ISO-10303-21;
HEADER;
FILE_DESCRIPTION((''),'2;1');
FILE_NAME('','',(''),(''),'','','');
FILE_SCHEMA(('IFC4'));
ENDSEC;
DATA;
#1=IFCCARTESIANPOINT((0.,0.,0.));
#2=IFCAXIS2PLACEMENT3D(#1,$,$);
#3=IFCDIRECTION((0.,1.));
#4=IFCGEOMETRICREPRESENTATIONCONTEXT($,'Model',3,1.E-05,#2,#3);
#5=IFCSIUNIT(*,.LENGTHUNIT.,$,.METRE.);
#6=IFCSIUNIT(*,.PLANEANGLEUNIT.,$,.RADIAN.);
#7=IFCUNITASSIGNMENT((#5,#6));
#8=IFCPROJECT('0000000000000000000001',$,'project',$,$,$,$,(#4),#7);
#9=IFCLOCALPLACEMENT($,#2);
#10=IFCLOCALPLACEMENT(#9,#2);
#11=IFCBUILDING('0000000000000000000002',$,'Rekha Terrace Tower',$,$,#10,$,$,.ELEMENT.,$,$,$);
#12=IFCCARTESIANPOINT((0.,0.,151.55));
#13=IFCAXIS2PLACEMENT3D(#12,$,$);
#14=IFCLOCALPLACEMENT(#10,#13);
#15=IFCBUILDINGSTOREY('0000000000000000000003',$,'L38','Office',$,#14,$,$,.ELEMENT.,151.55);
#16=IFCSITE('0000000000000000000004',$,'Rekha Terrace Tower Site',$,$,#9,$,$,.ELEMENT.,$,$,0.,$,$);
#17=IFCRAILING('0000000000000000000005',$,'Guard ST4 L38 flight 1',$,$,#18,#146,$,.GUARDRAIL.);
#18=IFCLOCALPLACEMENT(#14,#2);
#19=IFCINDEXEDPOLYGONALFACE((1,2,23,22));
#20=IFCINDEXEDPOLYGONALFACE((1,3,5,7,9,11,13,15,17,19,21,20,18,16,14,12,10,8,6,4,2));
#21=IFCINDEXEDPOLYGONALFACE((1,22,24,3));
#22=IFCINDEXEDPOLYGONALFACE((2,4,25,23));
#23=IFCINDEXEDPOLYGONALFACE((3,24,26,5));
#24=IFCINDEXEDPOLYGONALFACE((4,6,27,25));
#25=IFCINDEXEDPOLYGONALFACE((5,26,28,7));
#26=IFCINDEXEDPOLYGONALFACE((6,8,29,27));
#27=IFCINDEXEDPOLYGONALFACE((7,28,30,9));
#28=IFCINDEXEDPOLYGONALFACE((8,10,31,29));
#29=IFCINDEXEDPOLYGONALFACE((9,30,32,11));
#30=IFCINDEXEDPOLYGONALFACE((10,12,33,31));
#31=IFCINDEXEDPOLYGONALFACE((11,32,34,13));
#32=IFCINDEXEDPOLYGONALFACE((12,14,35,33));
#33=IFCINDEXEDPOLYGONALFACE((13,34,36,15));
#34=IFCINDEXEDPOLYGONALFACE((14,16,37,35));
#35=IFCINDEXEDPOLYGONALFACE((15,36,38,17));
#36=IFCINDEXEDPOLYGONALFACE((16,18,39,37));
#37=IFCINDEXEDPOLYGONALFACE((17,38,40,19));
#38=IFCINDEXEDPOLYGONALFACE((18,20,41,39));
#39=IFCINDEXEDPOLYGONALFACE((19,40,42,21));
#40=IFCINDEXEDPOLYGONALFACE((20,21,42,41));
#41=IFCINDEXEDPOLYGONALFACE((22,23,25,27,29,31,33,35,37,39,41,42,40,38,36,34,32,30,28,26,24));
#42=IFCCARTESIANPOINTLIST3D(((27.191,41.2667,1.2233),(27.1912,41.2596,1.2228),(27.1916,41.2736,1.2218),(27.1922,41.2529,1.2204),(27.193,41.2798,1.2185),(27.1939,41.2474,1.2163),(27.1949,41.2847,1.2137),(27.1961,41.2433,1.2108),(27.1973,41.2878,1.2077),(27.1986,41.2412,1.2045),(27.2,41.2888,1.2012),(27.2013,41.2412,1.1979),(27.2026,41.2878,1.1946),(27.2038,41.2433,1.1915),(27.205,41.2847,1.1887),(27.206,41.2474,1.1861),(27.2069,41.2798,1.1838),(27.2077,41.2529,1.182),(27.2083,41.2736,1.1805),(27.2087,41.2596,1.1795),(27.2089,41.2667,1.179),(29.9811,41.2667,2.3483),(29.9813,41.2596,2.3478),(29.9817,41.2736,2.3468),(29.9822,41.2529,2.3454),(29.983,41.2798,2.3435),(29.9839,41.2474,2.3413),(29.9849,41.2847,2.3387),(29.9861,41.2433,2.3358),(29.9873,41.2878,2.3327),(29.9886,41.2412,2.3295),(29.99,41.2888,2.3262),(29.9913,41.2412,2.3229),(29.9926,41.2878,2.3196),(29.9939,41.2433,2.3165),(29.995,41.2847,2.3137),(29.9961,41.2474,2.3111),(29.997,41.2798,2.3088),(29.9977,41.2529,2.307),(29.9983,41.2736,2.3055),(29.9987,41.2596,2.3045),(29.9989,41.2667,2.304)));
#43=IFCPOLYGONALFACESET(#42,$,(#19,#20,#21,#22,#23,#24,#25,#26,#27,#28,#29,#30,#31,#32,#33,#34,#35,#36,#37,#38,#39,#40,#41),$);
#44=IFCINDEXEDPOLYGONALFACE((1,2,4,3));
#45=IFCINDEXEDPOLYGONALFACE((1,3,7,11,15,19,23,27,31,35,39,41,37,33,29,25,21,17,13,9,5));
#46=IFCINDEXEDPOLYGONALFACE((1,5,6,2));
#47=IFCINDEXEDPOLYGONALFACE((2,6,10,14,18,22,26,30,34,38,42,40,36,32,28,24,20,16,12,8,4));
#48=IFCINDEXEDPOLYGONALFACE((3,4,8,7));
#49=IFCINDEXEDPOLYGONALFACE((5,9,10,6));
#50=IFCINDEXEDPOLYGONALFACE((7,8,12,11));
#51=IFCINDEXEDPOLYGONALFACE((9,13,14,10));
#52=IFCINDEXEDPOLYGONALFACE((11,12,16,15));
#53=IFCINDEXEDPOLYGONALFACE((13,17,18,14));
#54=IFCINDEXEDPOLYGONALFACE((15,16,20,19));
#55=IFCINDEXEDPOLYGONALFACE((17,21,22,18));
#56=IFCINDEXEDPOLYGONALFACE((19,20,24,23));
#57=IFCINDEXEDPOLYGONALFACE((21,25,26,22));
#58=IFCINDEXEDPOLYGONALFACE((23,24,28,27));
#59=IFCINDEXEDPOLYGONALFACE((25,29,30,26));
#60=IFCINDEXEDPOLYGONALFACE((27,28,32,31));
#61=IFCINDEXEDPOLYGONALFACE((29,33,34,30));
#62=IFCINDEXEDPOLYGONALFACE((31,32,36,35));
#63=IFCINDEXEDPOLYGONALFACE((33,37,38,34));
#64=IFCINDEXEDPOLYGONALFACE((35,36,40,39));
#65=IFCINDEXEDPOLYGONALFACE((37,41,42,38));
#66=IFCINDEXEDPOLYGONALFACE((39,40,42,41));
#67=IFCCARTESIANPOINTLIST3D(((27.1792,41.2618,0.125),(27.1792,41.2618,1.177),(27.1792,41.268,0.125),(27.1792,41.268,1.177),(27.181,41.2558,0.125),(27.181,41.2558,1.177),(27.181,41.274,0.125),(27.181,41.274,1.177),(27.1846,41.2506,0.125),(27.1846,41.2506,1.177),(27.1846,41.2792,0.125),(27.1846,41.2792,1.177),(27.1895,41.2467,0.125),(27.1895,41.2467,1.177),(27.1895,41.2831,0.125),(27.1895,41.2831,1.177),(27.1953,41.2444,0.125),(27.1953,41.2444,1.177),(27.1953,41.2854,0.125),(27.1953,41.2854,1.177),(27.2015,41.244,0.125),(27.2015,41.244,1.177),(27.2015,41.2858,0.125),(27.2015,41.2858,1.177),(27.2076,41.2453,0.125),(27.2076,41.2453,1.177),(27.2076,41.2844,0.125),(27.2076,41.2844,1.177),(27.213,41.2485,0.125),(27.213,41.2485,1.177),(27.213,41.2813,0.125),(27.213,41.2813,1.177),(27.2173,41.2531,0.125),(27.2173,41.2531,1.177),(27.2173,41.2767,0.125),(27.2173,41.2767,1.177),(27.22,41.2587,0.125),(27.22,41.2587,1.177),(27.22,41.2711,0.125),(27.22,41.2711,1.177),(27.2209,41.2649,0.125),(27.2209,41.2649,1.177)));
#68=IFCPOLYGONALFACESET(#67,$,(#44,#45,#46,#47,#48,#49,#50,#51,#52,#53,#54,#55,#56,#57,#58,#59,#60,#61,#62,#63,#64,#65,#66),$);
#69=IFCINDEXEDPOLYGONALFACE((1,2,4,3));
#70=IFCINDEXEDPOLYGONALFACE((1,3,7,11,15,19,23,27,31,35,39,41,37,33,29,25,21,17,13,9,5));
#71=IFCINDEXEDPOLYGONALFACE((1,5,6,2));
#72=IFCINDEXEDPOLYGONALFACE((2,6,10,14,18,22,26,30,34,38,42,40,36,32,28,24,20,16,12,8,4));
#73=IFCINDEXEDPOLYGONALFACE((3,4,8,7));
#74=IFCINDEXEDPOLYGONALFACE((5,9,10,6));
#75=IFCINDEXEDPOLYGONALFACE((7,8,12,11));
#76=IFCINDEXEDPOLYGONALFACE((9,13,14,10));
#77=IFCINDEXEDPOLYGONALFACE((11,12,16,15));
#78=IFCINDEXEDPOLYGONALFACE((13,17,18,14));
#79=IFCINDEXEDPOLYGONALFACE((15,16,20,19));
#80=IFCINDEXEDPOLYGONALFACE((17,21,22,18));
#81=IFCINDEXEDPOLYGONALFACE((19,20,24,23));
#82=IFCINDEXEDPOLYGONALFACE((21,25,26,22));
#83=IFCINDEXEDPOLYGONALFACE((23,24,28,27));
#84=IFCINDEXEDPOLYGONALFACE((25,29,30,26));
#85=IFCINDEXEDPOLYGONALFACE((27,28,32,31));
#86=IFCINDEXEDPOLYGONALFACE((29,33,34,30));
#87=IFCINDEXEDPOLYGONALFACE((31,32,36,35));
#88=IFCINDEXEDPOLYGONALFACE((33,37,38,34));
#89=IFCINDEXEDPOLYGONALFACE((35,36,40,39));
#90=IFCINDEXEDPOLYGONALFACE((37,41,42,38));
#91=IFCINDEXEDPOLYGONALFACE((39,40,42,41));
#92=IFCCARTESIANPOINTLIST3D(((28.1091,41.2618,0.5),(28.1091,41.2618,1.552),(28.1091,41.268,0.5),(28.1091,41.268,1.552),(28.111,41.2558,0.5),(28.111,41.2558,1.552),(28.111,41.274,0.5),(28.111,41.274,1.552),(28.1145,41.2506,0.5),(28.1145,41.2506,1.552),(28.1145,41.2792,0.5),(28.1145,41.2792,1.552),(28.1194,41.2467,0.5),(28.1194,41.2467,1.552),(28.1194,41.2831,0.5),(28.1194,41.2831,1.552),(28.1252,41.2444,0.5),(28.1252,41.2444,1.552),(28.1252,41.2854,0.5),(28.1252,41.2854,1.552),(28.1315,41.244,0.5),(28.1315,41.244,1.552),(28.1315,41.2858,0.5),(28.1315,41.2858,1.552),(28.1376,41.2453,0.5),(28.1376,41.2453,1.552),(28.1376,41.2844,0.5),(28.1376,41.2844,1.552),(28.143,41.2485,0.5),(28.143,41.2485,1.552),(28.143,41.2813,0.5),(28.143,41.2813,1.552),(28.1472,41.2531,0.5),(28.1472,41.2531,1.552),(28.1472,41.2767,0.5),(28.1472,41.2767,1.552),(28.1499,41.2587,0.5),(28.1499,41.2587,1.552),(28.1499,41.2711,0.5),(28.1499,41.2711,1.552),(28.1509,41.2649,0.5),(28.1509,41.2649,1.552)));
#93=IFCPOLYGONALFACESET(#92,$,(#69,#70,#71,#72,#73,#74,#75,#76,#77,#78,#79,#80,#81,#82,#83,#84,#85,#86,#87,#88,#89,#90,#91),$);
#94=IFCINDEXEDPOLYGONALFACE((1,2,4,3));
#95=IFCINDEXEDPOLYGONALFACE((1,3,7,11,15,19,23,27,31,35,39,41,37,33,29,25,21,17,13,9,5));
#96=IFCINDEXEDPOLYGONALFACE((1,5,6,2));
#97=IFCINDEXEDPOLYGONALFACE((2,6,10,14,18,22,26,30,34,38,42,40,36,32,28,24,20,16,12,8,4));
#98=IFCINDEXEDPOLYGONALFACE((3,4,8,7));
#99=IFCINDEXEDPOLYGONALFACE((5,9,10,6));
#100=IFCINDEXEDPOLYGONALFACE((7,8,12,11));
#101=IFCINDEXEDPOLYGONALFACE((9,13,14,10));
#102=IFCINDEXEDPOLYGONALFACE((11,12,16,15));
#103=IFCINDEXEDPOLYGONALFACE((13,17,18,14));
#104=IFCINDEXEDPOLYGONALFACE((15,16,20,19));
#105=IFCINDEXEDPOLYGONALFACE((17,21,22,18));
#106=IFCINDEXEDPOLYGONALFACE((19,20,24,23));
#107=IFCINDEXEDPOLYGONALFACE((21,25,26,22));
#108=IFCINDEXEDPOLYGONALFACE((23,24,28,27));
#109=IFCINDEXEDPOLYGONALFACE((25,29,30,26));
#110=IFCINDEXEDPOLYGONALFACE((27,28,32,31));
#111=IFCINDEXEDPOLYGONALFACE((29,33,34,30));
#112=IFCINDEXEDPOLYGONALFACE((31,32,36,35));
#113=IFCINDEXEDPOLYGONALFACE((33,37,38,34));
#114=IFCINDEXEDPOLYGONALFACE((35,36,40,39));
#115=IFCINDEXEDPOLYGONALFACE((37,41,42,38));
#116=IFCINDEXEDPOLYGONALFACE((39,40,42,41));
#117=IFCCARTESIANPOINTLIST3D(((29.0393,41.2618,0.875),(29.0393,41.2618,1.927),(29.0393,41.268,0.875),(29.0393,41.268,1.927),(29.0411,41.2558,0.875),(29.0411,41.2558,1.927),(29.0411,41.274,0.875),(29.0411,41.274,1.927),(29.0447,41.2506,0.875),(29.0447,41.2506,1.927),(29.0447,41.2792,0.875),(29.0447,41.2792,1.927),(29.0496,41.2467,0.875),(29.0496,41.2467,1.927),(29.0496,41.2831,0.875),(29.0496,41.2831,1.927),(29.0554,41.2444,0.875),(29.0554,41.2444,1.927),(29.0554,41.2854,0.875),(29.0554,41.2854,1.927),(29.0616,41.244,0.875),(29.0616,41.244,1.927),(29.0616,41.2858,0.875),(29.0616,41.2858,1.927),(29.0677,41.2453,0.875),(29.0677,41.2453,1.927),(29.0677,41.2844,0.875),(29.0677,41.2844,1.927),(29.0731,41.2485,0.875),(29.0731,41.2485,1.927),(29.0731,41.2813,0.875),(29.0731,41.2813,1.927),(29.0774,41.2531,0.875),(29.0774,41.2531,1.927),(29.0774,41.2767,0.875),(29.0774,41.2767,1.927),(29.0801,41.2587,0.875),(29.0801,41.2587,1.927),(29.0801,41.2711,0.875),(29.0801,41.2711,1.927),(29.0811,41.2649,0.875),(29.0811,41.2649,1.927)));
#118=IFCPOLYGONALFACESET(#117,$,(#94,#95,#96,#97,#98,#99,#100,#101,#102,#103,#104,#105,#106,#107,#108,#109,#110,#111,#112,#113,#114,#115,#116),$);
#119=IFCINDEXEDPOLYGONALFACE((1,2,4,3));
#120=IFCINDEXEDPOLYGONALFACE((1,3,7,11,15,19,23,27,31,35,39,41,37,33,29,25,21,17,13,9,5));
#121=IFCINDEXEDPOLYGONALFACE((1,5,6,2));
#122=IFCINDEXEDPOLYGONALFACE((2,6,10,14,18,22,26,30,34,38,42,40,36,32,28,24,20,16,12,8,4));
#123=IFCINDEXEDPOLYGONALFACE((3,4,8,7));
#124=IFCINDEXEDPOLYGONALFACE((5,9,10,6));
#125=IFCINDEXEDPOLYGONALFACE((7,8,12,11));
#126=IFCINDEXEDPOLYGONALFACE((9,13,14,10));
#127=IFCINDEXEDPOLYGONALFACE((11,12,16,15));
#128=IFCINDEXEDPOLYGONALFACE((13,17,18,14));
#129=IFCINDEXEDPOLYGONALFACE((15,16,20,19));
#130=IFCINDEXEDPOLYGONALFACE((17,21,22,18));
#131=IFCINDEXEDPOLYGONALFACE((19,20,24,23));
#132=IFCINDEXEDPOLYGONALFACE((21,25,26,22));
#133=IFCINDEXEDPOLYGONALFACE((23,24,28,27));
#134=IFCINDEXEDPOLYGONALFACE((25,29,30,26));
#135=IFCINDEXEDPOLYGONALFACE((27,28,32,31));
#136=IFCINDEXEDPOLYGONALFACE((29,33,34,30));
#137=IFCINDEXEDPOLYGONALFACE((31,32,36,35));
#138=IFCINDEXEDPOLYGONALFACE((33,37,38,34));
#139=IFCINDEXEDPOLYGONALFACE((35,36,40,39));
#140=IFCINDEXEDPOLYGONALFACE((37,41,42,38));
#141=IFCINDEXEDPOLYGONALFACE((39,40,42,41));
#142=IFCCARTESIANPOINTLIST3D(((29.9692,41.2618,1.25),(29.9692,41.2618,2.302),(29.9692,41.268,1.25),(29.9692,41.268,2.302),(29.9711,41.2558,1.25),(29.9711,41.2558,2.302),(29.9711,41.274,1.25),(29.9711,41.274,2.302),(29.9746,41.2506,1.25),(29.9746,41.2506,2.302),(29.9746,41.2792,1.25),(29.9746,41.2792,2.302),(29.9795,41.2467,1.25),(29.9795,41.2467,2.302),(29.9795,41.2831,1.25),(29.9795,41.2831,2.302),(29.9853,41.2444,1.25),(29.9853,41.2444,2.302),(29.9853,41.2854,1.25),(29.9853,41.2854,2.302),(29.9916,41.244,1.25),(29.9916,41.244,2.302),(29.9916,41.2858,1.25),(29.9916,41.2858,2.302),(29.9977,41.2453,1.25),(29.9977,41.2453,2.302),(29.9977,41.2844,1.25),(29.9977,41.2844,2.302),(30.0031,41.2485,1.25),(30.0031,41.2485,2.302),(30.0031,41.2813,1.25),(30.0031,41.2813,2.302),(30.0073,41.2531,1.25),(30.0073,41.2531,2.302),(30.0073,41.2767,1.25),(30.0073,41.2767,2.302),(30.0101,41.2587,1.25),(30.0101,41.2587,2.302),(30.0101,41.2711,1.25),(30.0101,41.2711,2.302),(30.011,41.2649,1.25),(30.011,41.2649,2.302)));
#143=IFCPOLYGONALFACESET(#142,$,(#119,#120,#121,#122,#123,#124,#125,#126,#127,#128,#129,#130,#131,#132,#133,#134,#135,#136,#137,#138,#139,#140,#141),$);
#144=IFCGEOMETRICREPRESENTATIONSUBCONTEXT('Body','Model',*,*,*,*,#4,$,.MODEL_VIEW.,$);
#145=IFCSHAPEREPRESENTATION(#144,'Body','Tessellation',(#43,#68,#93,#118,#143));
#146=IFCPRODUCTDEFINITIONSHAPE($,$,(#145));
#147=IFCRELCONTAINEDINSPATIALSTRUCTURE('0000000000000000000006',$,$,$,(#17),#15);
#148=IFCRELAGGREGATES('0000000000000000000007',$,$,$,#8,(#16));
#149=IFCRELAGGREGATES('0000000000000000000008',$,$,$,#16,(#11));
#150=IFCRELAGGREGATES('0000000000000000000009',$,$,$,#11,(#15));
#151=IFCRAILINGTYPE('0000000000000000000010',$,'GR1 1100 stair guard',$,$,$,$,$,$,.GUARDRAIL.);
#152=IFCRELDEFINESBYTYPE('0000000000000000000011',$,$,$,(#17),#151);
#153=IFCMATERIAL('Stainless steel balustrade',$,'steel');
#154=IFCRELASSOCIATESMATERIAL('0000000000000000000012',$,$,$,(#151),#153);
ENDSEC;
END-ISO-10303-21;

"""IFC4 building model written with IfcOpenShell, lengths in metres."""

from ifc_helpers import new_model, si_unit, direction, frame, origin, origin_2d, place, context, subcontext, project, spatial, circle, extrude, material, type_object, element, save


model = new_model("IFC4")

# Units and contexts
model_context = context("Model", 3, precision=1e-05, world=origin(), true_north=direction((0.0, 1.0)))
body_context = subcontext(model_context, "Body", "Model", "MODEL_VIEW")
ifc_project = project(units=[si_unit("LENGTHUNIT", "METRE"), si_unit("PLANEANGLEUNIT", "RADIAN")], contexts=[model_context])

# Site, building, storey
site_placement = place(None, origin())
site = spatial("IfcSite", under=ifc_project, at=site_placement, Name="Rekha Terrace Tower Site", CompositionType="ELEMENT", RefElevation=0.0)
building_placement = place(site_placement, origin())
building = spatial("IfcBuilding", under=site, at=building_placement, Name="Rekha Terrace Tower", CompositionType="ELEMENT")
storey_placement = place(building_placement, frame((0.0, 0.0, 151.55)))
storey = spatial("IfcBuildingStorey", under=building, at=storey_placement, Name="L38", Description="Office", CompositionType="ELEMENT", Elevation=151.55)

# Railing
ifc_material_1 = material(Name="Stainless steel balustrade", Category="steel")
railing_type_1 = type_object("IfcRailingType", Name="GR1 1100 stair guard", PredefinedType="GUARDRAIL", material=ifc_material_1)
railing_1_placement = place(storey_placement, frame((27.2, 41.2649, 0.125)))
element("IfcRailing", 1, at=railing_1_placement, inside=storey, type_object=railing_type_1, Name="Guard ST4 L38 flight 1", PredefinedType="GUARDRAIL", context=body_context, shape_type="SweptSolid", body=[
    extrude(circle(Radius=0.0239, at=origin_2d()), frame((0.0, 0.0, 1.0762), z_axis=(0.927443, 0.0, 0.373964), x_axis=(0.0, 1.0, 0.0)), (0.0, 0.0, 1.0), 3.0083),
    extrude(circle(Radius=0.021, at=origin_2d()), origin(), (0.0, 0.0, 1.0), 1.052),
    extrude(circle(Radius=0.021, at=origin_2d()), frame((0.9299, 0.0, 0.375)), (0.0, 0.0, 1.0), 1.052),
    extrude(circle(Radius=0.021, at=origin_2d()), frame((1.8601, 0.0, 0.75)), (0.0, 0.0, 1.0), 1.052),
    extrude(circle(Radius=0.021, at=origin_2d()), frame((2.79, 0.0, 1.125)), (0.0, 0.0, 1.0), 1.052),
])

save(model, "model.ifc")
